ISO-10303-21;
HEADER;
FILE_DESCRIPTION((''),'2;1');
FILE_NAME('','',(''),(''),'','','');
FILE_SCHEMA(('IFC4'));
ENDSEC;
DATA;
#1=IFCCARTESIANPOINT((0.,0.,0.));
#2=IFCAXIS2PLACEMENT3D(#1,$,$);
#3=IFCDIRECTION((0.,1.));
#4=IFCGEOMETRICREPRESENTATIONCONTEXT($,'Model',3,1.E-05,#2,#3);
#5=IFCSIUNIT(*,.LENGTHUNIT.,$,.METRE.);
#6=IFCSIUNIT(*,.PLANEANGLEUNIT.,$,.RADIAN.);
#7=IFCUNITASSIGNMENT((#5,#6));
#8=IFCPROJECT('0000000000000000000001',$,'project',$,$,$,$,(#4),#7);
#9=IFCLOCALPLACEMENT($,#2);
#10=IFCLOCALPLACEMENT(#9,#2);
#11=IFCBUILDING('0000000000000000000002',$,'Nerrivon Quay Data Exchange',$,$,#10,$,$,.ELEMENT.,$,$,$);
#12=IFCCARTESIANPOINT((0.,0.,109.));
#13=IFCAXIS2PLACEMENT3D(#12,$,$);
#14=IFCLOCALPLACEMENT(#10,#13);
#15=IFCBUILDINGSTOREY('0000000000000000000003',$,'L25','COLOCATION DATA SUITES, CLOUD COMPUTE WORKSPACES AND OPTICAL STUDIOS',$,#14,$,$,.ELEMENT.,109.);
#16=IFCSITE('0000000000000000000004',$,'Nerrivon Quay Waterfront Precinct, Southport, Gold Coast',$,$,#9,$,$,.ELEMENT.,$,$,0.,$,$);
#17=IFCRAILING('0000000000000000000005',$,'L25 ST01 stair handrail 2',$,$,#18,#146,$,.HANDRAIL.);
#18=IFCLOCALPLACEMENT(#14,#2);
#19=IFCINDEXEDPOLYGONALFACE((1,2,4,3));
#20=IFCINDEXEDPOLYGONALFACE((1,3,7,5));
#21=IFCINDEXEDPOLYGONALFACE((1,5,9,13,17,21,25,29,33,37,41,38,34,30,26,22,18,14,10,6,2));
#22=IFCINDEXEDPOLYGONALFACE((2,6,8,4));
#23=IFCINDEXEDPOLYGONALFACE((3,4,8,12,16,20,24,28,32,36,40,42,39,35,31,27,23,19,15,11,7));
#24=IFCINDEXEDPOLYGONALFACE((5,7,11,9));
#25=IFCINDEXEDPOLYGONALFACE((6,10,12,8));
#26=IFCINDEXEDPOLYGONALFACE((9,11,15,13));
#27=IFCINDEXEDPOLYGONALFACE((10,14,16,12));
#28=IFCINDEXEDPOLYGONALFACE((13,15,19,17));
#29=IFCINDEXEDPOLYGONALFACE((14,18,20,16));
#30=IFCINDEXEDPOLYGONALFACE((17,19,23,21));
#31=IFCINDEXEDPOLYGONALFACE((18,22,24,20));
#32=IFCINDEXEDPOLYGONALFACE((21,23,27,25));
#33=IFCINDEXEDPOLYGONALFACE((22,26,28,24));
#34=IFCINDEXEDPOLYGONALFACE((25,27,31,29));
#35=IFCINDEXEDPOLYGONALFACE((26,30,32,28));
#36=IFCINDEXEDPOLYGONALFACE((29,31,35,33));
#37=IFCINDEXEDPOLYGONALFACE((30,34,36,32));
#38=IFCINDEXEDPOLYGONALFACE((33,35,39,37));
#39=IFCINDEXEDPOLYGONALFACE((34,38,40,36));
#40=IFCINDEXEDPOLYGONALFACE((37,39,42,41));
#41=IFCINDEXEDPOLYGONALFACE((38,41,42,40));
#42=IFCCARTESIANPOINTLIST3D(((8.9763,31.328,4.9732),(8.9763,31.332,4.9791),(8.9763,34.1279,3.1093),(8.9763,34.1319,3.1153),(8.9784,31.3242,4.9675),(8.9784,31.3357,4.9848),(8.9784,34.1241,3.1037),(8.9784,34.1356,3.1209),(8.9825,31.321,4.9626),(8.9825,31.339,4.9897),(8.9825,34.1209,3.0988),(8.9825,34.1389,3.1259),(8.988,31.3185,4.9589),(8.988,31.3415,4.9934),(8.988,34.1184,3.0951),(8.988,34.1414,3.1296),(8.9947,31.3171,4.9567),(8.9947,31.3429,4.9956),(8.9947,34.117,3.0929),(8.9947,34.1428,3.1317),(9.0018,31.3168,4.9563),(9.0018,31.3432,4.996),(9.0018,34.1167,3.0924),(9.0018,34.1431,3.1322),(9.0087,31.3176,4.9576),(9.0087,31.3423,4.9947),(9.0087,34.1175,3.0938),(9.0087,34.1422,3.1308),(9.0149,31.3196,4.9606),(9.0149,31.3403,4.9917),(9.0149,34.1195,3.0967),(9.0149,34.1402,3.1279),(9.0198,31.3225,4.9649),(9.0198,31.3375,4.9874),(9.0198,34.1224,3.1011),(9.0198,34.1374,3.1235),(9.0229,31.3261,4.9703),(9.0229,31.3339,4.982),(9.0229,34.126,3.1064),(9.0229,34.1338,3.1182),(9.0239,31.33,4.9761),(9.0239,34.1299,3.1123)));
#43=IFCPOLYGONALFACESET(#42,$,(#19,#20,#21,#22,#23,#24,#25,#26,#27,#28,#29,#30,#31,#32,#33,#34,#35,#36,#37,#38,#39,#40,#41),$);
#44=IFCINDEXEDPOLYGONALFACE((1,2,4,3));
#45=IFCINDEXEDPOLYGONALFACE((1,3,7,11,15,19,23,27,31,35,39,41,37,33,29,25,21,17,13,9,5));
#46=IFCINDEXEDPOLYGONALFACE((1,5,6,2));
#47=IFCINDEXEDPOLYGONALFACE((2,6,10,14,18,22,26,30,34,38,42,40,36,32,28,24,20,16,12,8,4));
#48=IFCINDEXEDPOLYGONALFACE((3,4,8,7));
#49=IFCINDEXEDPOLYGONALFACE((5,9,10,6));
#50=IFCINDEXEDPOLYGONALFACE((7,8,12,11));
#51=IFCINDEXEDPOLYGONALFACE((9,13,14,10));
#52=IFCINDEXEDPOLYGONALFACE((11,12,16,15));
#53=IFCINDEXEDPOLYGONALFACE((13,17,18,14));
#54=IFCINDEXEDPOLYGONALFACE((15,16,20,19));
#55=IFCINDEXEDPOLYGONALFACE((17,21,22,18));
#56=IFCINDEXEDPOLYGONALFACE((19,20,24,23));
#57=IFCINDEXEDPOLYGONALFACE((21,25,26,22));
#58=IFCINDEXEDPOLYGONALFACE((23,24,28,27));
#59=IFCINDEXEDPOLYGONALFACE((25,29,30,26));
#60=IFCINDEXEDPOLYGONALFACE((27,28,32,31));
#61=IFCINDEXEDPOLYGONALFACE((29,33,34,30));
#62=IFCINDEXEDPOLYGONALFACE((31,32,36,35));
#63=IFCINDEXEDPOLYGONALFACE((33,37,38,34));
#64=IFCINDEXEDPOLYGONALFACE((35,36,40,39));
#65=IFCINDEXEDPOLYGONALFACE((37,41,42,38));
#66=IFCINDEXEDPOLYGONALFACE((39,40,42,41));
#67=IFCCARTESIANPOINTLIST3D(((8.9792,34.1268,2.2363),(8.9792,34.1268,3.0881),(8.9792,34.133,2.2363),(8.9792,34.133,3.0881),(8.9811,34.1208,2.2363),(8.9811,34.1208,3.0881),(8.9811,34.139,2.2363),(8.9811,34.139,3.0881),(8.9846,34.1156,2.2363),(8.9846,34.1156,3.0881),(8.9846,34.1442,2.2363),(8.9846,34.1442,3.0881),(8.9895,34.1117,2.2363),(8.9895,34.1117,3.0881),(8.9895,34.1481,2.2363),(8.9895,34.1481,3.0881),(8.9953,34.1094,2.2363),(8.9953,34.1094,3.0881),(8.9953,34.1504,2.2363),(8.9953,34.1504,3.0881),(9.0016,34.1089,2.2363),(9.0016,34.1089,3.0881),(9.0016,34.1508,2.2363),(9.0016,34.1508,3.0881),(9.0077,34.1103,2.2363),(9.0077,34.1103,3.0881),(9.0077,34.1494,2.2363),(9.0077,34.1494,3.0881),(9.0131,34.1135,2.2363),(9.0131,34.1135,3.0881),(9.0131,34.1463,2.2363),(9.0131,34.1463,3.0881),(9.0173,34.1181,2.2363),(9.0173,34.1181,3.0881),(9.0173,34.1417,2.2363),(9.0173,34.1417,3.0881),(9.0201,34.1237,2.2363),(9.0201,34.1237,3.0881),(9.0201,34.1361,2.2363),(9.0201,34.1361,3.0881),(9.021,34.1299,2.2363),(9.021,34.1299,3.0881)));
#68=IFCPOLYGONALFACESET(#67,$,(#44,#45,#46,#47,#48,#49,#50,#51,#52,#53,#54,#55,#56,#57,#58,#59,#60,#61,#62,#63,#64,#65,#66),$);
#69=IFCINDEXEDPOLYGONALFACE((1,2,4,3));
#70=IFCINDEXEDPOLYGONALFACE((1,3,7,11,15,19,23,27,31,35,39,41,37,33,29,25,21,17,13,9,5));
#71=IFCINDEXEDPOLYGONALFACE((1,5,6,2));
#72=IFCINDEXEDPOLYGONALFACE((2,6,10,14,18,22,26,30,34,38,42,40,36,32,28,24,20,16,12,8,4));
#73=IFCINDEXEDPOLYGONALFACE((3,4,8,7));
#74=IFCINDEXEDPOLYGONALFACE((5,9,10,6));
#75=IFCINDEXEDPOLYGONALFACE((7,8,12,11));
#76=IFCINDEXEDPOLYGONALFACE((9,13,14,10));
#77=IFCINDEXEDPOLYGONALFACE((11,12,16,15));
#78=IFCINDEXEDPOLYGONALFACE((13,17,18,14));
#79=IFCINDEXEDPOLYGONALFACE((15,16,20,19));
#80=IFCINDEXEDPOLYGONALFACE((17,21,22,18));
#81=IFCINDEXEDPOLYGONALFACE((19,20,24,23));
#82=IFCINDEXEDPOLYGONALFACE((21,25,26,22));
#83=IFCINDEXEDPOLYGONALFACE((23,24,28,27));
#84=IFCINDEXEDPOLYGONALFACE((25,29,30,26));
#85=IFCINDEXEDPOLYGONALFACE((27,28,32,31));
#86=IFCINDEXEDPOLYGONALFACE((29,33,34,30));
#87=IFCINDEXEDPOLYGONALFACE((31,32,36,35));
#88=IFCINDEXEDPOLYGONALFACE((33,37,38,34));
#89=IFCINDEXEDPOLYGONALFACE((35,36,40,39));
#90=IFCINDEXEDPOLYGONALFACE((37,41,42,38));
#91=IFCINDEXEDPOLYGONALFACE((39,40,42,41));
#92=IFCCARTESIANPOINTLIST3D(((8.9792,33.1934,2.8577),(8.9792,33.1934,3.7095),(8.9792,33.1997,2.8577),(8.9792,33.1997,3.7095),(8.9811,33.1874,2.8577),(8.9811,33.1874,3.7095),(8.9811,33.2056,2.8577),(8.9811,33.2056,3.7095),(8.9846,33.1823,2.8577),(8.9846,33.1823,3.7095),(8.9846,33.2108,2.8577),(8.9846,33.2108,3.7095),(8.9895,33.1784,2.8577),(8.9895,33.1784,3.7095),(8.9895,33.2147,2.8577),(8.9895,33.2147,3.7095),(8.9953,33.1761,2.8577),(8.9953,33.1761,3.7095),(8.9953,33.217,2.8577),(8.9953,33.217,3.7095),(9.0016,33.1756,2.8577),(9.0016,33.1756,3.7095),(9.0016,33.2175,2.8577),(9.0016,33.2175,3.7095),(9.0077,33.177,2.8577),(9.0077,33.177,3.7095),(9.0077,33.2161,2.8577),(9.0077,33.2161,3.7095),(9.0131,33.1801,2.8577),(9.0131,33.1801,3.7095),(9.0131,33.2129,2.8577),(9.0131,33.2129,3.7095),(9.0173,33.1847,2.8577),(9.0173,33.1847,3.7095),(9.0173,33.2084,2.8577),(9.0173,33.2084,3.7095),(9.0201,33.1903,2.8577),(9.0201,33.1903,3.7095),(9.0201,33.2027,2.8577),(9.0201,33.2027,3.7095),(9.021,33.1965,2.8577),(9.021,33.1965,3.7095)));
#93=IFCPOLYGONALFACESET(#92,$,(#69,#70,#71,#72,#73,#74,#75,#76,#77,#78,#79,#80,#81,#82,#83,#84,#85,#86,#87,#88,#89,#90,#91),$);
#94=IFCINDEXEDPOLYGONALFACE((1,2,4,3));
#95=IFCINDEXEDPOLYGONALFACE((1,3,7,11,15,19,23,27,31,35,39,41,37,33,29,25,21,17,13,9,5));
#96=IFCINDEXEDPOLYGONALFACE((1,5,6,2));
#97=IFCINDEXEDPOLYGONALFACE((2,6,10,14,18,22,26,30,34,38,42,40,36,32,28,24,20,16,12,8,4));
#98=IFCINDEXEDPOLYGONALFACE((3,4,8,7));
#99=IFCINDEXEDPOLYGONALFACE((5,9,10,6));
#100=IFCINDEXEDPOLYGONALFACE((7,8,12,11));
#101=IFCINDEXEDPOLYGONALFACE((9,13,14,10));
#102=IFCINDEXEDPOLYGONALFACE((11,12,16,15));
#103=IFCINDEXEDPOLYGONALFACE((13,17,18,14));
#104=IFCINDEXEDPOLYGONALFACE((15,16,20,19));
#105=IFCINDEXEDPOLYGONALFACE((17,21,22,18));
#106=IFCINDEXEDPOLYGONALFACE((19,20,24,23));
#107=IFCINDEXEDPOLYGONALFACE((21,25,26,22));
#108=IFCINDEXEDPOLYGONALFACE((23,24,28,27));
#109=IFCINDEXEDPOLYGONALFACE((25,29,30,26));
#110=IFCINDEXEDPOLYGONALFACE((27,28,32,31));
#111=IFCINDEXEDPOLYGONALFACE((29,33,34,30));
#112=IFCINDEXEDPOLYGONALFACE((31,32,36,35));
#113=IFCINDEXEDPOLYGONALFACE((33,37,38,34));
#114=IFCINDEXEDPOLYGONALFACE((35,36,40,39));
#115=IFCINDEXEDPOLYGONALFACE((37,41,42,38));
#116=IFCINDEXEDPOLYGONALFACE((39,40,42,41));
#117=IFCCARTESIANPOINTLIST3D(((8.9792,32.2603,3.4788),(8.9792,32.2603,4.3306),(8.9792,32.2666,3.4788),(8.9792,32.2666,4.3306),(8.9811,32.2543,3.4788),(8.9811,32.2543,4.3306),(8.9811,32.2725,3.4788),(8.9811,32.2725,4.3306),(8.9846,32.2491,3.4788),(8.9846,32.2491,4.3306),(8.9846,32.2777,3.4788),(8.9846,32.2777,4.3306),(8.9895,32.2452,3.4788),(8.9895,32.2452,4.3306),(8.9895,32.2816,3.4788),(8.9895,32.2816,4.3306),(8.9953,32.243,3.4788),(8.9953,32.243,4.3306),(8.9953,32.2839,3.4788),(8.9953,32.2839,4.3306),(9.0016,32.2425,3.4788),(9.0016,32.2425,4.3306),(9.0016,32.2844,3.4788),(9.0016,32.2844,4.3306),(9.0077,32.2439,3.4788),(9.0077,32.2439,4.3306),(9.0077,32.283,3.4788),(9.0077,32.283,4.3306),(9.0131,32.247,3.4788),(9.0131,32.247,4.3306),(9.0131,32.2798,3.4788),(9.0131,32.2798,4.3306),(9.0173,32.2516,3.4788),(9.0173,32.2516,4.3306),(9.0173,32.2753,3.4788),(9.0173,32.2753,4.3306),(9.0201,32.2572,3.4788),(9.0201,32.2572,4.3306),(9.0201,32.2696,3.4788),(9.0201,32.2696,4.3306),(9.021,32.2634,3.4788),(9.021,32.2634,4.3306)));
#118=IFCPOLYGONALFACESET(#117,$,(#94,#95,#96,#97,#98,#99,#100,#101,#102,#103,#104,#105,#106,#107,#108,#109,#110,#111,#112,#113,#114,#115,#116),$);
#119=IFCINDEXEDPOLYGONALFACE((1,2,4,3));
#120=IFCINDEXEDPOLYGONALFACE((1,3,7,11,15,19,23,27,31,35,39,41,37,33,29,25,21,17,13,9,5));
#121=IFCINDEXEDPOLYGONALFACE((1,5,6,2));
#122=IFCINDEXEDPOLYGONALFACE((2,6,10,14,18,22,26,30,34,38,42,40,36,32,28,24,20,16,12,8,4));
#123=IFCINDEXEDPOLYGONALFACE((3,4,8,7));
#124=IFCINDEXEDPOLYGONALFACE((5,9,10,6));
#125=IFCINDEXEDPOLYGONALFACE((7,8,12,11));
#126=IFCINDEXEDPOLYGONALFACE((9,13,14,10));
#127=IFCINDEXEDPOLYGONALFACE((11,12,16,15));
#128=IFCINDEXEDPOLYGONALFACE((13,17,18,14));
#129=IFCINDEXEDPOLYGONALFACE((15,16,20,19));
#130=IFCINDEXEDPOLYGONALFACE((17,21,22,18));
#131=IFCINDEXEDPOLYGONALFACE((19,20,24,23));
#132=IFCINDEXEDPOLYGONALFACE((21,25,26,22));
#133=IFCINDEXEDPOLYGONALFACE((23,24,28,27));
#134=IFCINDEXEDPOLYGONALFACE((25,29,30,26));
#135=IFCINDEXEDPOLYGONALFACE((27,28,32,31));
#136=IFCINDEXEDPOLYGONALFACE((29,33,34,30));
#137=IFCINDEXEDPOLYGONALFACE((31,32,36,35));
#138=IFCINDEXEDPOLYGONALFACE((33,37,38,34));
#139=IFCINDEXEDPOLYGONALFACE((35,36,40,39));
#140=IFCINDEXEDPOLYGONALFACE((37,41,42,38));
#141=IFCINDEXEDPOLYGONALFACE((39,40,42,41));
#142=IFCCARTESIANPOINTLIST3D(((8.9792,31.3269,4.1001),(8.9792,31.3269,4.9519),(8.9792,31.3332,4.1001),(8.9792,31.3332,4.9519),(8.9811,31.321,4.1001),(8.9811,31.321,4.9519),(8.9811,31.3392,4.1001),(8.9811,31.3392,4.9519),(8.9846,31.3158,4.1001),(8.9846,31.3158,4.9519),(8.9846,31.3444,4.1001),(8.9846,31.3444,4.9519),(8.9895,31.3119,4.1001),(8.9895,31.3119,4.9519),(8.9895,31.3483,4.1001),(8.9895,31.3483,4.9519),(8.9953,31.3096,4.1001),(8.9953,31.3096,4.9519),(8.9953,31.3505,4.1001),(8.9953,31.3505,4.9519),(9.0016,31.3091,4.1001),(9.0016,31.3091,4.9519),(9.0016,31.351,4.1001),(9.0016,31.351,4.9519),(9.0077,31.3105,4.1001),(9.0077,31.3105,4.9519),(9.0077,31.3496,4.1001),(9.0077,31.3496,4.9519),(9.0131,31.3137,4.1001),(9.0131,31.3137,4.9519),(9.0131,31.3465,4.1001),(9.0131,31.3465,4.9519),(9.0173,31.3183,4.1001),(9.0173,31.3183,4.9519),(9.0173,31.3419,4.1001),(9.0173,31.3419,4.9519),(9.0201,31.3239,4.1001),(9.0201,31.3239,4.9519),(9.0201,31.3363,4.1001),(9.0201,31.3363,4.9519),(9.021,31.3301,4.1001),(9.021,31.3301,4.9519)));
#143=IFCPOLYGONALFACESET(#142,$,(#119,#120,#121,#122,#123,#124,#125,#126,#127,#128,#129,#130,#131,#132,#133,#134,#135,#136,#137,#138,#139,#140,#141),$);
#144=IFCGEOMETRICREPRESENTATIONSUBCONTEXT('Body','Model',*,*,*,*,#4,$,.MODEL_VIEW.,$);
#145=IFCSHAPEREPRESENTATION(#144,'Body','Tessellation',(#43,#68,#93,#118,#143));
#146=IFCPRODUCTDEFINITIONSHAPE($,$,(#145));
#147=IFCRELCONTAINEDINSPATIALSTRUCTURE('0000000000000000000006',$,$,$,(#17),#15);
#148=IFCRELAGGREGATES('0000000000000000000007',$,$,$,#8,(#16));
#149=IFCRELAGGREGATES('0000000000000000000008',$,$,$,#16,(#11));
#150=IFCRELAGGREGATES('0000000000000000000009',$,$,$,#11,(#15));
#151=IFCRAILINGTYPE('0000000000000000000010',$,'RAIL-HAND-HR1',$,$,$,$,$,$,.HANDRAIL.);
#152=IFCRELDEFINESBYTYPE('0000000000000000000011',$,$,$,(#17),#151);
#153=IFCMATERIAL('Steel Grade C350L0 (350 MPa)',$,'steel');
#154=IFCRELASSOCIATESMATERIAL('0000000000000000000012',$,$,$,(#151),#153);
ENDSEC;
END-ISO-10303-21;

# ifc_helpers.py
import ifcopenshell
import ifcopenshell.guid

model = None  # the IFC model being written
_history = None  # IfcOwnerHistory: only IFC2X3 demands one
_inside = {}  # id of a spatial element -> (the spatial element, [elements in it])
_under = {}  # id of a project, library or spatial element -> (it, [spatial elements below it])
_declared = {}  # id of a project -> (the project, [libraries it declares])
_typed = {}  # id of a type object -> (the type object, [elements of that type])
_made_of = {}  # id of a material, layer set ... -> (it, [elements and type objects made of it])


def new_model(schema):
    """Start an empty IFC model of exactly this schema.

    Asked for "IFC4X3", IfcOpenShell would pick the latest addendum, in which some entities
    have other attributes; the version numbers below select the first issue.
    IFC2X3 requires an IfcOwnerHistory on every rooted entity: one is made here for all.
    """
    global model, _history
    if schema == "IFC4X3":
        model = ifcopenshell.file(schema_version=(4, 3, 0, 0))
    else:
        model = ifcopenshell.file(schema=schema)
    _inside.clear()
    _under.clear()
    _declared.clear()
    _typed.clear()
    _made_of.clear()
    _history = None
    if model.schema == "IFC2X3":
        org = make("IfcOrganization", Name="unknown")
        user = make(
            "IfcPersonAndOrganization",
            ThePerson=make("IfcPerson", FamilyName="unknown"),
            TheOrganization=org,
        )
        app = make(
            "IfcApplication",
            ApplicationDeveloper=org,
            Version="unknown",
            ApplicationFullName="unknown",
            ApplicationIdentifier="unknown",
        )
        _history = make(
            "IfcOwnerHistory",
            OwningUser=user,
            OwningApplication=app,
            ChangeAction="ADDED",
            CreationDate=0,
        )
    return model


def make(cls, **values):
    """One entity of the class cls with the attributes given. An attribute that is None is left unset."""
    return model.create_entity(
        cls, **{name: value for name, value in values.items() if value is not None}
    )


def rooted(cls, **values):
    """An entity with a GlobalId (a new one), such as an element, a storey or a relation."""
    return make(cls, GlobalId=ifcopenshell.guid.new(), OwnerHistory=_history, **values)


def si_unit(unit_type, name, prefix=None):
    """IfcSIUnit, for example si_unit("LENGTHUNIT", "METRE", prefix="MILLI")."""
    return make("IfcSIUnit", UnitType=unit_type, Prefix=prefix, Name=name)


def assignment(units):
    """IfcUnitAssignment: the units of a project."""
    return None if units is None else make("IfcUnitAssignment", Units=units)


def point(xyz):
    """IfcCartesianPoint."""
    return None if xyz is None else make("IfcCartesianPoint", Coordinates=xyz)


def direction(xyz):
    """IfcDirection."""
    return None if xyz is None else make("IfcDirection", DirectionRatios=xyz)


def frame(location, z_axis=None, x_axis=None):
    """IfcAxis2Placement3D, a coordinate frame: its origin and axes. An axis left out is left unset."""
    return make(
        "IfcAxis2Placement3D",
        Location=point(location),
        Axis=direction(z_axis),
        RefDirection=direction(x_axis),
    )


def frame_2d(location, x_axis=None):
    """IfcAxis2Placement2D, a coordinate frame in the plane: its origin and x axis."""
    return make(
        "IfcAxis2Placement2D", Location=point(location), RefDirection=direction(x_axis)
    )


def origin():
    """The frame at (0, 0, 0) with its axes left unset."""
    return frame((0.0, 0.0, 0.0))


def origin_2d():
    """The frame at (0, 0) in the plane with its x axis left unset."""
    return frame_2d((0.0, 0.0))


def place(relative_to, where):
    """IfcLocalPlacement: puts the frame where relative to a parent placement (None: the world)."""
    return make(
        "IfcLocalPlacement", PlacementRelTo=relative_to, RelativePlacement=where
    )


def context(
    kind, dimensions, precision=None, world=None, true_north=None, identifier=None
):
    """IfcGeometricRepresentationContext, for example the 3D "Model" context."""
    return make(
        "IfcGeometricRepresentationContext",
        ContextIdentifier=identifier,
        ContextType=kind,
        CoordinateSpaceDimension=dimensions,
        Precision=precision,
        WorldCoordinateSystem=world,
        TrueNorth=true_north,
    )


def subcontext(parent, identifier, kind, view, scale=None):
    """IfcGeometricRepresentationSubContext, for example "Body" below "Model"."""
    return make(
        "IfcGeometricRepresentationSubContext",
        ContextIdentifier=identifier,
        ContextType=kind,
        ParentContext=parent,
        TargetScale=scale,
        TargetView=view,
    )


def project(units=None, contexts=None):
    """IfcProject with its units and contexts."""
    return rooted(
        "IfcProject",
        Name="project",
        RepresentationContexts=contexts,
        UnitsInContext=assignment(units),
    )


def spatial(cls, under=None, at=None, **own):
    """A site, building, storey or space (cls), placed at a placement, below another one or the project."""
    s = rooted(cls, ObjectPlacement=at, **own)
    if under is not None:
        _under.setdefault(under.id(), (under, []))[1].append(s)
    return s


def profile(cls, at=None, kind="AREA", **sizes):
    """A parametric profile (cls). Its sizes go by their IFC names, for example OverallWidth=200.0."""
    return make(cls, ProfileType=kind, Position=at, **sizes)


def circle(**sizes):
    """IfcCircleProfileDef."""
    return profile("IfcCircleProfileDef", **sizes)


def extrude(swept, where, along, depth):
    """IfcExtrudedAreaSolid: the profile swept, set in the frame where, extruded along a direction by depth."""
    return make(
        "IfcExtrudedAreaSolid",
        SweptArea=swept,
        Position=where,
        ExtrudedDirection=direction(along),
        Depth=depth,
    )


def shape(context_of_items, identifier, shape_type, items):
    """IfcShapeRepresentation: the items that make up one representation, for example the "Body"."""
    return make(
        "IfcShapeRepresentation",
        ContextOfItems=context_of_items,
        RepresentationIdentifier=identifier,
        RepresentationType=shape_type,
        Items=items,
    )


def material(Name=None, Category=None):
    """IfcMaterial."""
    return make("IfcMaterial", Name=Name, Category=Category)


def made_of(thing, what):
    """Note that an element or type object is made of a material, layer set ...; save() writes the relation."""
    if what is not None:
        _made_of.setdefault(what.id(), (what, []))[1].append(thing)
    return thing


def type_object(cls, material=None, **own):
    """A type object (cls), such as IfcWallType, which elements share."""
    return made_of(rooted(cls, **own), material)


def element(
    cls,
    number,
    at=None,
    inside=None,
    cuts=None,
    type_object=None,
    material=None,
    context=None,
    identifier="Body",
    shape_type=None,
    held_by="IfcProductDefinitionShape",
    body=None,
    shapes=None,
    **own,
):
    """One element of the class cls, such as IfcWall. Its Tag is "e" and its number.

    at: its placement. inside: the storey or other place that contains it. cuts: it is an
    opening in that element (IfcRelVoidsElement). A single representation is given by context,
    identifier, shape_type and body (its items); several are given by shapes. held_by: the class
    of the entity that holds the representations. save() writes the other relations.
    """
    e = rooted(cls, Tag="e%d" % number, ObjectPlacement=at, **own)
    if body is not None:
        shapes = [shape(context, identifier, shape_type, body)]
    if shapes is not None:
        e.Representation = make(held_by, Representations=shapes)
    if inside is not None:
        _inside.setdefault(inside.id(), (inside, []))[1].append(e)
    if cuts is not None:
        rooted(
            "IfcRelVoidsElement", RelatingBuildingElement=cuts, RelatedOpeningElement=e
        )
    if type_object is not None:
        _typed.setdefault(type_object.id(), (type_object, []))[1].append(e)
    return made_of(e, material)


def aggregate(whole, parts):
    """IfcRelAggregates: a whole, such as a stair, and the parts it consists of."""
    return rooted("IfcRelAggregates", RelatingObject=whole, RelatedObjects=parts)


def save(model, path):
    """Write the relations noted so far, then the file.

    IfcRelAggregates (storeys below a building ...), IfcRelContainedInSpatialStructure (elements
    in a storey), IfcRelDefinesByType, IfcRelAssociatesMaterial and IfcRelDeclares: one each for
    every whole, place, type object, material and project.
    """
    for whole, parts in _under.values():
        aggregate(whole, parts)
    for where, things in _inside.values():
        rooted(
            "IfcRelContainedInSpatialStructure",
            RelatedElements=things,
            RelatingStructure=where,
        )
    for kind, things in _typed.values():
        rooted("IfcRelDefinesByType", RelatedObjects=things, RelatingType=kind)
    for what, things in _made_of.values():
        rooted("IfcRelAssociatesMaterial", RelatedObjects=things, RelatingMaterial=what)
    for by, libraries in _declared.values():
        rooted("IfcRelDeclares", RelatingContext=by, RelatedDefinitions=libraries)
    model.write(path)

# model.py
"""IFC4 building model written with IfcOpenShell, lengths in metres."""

from ifc_helpers import new_model, si_unit, direction, frame, origin, origin_2d, place, context, subcontext, project, spatial, circle, extrude, material, type_object, element, save


model = new_model("IFC4")

# Units and contexts
model_context = context("Model", 3, precision=1e-05, world=origin(), true_north=direction((0.0, 1.0)))
body_context = subcontext(model_context, "Body", "Model", "MODEL_VIEW")
ifc_project = project(units=[si_unit("LENGTHUNIT", "METRE"), si_unit("PLANEANGLEUNIT", "RADIAN")], contexts=[model_context])

# Site, building, storey
site_placement = place(None, origin())
site = spatial("IfcSite", under=ifc_project, at=site_placement, Name="Nerrivon Quay Waterfront Precinct, Southport, Gold Coast", CompositionType="ELEMENT", RefElevation=0.0)
building_placement = place(site_placement, origin())
building = spatial("IfcBuilding", under=site, at=building_placement, Name="Nerrivon Quay Data Exchange", CompositionType="ELEMENT")
storey_placement = place(building_placement, frame((0.0, 0.0, 109.0)))
storey = spatial("IfcBuildingStorey", under=building, at=storey_placement, Name="L25", Description="COLOCATION DATA SUITES, CLOUD COMPUTE WORKSPACES AND OPTICAL STUDIOS", CompositionType="ELEMENT", Elevation=109.0)

# Railing
ifc_material_1 = material(Name="Steel Grade C350L0 (350 MPa)", Category="steel")
railing_type_1 = type_object("IfcRailingType", Name="RAIL-HAND-HR1", PredefinedType="HANDRAIL", material=ifc_material_1)
railing_1_placement = place(storey_placement, frame((9.0, 34.1299, 2.2363)))
element("IfcRailing", 1, at=railing_1_placement, inside=storey, type_object=railing_type_1, Name="L25 ST01 stair handrail 2", PredefinedType="HANDRAIL", context=body_context, shape_type="SweptSolid", body=[
    extrude(circle(Radius=0.0239, at=origin_2d()), frame((0.0, 0.0, 0.876), z_axis=(0.0, -0.83243, 0.554131), x_axis=(1.0, 0.0, 0.0)), (0.0, 0.0, 1.0), 3.3635),
    extrude(circle(Radius=0.021, at=origin_2d()), origin(), (0.0, 0.0, 1.0), 0.8518),
    extrude(circle(Radius=0.021, at=origin_2d()), frame((0.0, -0.9333, 0.6213)), (0.0, 0.0, 1.0), 0.8518),
    extrude(circle(Radius=0.021, at=origin_2d()), frame((0.0, -1.8665, 1.2424)), (0.0, 0.0, 1.0), 0.8518),
    extrude(circle(Radius=0.021, at=origin_2d()), frame((0.0, -2.7998, 1.8638)), (0.0, 0.0, 1.0), 0.8518),
])

save(model, "model.ifc")
